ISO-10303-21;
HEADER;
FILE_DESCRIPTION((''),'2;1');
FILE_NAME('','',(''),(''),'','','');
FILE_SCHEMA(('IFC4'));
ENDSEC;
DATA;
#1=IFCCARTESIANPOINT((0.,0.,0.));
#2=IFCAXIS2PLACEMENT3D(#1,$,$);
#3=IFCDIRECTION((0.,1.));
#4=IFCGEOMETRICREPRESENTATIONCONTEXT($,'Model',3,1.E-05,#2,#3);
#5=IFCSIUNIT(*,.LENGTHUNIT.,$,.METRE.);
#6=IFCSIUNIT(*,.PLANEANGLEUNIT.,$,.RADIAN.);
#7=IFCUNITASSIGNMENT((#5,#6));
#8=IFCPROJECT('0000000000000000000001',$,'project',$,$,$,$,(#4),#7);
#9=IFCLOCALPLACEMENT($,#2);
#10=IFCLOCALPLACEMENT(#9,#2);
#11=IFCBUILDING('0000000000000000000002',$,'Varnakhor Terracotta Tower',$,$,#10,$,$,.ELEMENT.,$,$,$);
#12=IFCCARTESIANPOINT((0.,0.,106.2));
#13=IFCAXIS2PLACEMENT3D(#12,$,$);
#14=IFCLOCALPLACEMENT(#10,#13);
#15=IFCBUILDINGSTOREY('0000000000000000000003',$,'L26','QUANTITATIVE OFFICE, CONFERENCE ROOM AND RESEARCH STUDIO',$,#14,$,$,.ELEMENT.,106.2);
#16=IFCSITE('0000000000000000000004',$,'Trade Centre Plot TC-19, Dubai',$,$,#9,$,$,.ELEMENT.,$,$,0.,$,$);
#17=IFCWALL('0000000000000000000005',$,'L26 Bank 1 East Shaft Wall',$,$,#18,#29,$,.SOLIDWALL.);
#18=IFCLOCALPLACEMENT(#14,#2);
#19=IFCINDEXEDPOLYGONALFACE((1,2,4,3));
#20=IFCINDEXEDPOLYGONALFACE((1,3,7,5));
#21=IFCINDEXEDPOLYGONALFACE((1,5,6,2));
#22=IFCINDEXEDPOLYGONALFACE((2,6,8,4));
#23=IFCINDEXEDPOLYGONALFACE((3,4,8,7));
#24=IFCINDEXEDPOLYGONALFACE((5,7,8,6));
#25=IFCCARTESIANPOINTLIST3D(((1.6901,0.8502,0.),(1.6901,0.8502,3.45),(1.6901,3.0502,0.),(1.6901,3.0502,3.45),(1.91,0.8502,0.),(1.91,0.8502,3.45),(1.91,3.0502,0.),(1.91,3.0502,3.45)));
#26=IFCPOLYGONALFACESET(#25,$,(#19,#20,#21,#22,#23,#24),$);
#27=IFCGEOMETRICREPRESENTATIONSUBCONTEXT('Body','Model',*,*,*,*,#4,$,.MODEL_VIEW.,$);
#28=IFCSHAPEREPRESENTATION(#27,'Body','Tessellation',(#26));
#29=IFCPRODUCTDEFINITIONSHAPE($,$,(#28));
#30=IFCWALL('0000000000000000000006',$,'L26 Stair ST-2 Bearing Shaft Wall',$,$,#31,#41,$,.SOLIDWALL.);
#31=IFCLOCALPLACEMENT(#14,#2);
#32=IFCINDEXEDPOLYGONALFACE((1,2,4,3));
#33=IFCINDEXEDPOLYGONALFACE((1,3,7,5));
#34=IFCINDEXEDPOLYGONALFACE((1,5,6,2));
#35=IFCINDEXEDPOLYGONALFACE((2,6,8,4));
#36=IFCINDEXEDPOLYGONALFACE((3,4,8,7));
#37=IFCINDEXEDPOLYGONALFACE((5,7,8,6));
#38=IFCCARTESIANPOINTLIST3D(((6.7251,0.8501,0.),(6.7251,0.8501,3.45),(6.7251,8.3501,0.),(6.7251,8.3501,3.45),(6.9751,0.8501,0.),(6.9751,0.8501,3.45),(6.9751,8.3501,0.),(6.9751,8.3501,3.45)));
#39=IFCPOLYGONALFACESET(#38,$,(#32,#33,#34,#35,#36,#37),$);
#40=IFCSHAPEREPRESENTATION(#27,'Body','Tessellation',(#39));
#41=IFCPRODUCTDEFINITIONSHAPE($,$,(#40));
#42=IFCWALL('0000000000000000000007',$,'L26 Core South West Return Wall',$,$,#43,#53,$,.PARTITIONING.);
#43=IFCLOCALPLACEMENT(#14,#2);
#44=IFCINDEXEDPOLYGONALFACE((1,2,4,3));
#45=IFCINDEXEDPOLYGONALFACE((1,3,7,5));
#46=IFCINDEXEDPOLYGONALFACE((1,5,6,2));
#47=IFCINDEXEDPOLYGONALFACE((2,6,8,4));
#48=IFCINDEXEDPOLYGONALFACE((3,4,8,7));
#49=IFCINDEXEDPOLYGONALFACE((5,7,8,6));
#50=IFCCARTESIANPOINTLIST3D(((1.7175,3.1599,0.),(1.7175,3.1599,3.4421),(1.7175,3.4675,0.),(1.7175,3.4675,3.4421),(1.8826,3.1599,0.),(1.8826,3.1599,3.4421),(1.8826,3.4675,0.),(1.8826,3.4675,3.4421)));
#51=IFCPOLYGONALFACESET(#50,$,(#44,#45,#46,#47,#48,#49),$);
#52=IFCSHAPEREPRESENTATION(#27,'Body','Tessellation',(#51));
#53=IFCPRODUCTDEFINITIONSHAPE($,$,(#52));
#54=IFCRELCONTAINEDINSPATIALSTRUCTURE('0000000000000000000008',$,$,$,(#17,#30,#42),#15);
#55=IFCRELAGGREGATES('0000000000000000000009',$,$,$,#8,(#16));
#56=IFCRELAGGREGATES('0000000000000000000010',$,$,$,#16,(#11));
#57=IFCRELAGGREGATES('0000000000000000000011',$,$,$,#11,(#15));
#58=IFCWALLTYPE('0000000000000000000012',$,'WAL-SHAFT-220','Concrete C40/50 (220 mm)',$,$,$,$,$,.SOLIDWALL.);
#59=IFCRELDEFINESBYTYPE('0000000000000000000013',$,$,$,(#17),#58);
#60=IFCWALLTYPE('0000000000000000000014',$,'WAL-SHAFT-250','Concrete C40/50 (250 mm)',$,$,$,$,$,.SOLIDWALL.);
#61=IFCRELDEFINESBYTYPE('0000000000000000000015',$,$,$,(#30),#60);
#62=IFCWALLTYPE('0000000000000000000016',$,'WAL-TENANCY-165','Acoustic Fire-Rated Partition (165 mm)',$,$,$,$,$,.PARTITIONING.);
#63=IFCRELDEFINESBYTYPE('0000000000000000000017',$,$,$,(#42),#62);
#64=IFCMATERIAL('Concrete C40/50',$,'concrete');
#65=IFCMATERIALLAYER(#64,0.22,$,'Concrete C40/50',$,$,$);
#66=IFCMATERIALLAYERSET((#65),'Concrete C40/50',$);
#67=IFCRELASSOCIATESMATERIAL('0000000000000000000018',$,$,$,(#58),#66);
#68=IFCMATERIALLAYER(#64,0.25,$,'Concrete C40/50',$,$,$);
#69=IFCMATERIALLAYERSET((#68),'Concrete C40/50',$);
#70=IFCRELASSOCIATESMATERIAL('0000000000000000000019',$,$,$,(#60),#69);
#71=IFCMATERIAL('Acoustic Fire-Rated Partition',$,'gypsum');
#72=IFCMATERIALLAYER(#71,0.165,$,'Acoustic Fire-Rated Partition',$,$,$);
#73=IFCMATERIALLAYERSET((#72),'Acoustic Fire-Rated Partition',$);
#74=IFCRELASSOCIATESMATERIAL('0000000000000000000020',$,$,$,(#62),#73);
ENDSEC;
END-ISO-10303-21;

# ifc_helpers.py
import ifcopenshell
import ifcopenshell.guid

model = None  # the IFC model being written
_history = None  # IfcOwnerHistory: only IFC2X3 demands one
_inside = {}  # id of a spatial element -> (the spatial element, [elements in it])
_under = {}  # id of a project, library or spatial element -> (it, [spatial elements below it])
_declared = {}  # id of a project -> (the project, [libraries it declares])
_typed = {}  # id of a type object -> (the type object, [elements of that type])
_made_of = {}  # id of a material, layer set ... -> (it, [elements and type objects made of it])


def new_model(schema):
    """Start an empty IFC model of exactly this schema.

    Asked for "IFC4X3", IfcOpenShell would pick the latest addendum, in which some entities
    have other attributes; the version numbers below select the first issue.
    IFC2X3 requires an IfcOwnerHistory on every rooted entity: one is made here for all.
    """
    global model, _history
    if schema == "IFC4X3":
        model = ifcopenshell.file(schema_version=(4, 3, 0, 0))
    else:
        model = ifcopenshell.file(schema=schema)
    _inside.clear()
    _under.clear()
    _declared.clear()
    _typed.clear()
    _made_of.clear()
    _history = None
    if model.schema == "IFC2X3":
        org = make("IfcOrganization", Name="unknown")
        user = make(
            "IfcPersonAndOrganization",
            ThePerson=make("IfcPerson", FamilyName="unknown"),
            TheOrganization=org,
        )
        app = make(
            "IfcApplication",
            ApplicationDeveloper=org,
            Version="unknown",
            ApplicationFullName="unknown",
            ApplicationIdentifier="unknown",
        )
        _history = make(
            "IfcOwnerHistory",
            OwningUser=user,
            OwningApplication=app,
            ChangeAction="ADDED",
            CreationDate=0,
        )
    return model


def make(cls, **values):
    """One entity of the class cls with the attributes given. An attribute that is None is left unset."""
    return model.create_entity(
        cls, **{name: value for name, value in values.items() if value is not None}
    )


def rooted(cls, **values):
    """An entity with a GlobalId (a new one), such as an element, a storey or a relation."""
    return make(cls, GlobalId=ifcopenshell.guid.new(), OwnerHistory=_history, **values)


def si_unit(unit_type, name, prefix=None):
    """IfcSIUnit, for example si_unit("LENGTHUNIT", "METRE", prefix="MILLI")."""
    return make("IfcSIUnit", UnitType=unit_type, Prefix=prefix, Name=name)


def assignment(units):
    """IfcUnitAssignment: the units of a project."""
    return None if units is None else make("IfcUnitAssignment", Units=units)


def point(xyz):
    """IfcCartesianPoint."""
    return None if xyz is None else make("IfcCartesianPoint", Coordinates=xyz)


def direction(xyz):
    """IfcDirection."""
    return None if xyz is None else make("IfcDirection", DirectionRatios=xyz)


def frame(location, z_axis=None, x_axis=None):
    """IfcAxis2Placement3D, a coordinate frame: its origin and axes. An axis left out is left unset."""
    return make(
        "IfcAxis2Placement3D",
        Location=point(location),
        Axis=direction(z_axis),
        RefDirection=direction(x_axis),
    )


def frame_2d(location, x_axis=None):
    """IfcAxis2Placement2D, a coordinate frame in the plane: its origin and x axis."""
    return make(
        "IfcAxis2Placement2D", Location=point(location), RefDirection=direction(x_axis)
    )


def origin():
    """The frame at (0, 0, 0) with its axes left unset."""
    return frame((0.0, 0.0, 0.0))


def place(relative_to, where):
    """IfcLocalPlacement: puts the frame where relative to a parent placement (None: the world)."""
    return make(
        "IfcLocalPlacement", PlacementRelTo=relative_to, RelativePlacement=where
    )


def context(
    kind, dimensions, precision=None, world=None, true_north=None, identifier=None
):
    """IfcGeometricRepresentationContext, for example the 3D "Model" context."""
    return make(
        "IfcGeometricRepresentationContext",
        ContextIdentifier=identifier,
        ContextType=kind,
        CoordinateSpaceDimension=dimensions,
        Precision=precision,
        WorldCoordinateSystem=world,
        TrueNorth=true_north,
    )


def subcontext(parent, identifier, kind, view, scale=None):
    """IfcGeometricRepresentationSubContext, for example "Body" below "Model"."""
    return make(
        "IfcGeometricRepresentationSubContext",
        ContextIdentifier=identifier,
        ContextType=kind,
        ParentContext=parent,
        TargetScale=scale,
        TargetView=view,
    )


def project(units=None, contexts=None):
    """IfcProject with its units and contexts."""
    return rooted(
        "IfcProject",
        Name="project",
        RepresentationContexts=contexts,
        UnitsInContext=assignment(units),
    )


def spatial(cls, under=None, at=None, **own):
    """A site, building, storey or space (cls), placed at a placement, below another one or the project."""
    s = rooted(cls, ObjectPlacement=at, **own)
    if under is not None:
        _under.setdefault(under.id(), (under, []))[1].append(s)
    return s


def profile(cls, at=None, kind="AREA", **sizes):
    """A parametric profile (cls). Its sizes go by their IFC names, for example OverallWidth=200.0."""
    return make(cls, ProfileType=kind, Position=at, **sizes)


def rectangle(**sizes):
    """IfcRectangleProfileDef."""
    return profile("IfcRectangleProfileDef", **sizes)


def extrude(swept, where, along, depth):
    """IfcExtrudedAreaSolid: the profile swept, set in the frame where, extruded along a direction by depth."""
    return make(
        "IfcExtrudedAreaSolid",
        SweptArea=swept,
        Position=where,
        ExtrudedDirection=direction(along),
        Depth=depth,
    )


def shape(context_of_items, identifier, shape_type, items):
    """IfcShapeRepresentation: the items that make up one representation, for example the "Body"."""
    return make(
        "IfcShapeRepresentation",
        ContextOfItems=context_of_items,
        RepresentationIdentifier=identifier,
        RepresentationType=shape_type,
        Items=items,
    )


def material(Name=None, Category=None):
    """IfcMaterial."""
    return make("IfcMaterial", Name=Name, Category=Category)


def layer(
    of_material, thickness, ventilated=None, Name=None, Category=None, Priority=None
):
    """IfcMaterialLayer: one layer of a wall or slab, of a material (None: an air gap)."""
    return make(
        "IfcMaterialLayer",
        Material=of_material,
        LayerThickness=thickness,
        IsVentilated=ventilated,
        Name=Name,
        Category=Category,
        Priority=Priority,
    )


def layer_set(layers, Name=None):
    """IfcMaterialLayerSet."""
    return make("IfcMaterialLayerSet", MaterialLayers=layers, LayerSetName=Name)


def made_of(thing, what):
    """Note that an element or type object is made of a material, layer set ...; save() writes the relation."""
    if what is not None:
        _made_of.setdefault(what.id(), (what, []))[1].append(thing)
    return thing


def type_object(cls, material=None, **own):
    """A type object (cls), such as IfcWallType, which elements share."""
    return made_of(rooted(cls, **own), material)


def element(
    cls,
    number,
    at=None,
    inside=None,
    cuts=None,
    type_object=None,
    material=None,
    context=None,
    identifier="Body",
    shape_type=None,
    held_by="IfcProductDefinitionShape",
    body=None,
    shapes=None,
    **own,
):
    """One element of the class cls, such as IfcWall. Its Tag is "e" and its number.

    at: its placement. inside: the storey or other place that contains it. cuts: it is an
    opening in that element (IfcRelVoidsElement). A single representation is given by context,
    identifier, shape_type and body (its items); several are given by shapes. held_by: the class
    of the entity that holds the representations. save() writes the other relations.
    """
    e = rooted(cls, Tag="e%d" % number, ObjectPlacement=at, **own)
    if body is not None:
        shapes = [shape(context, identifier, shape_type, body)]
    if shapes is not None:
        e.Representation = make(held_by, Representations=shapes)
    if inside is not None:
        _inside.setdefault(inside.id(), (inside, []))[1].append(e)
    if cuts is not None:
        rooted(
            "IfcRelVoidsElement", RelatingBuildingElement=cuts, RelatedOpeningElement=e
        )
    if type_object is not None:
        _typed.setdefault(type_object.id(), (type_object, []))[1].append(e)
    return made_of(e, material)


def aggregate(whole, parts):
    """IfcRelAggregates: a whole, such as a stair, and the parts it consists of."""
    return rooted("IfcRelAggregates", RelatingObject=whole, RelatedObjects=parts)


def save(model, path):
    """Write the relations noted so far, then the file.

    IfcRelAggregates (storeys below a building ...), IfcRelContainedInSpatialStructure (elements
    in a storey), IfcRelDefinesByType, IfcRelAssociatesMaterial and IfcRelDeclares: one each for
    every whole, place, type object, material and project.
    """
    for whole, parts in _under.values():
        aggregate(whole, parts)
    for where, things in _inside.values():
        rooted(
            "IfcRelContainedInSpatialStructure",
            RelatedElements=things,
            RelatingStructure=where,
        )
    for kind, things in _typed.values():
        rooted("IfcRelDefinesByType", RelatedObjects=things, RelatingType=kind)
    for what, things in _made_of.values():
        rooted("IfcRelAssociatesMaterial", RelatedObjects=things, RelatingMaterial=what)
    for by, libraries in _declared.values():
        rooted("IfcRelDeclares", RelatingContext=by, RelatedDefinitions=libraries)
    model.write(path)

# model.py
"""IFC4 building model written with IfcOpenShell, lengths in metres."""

from ifc_helpers import new_model, si_unit, direction, frame, frame_2d, origin, place, context, subcontext, project, spatial, rectangle, extrude, material, layer, layer_set, type_object, element, save


model = new_model("IFC4")

# Units and contexts
model_context = context("Model", 3, precision=1e-05, world=origin(), true_north=direction((0.0, 1.0)))
body_context = subcontext(model_context, "Body", "Model", "MODEL_VIEW")
ifc_project = project(units=[si_unit("LENGTHUNIT", "METRE"), si_unit("PLANEANGLEUNIT", "RADIAN")], contexts=[model_context])

# Site, building, storey
site_placement = place(None, origin())
site = spatial("IfcSite", under=ifc_project, at=site_placement, Name="Trade Centre Plot TC-19, Dubai", CompositionType="ELEMENT", RefElevation=0.0)
building_placement = place(site_placement, origin())
building = spatial("IfcBuilding", under=site, at=building_placement, Name="Varnakhor Terracotta Tower", CompositionType="ELEMENT")
storey_placement = place(building_placement, frame((0.0, 0.0, 106.2)))
storey = spatial("IfcBuildingStorey", under=building, at=storey_placement, Name="L26", Description="QUANTITATIVE OFFICE, CONFERENCE ROOM AND RESEARCH STUDIO", CompositionType="ELEMENT", Elevation=106.2)

# Shared definitions
ifc_material_1 = material(Name="Concrete C40/50", Category="concrete")

# Walls
ifc_layer_1 = layer(ifc_material_1, 0.22, Name="Concrete C40/50")
ifc_layer_set_1 = layer_set([ifc_layer_1], Name="Concrete C40/50")
wall_type_1 = type_object("IfcWallType", Name="WAL-SHAFT-220", Description="Concrete C40/50 (220 mm)", PredefinedType="SOLIDWALL", material=ifc_layer_set_1)
wall_1_placement = place(storey_placement, frame((1.8, 0.8501, 0.0), z_axis=(0.0, 0.0, 1.0), x_axis=(0.0, 1.0, 0.0)))
element("IfcWall", 1, at=wall_1_placement, inside=storey, type_object=wall_type_1, Name="L26 Bank 1 East Shaft Wall", PredefinedType="SOLIDWALL", context=body_context, shape_type="SweptSolid", body=[
    extrude(rectangle(XDim=2.2, YDim=0.22, at=frame_2d((1.1001, 0.0))), origin(), (0.0, 0.0, 1.0), 3.45),
])
ifc_layer_2 = layer(ifc_material_1, 0.25, Name="Concrete C40/50")
ifc_layer_set_2 = layer_set([ifc_layer_2], Name="Concrete C40/50")
wall_type_2 = type_object("IfcWallType", Name="WAL-SHAFT-250", Description="Concrete C40/50 (250 mm)", PredefinedType="SOLIDWALL", material=ifc_layer_set_2)
wall_2_placement = place(storey_placement, frame((6.8501, 0.8501, 0.0), z_axis=(0.0, 0.0, 1.0), x_axis=(0.0, 1.0, 0.0)))
element("IfcWall", 2, at=wall_2_placement, inside=storey, type_object=wall_type_2, Name="L26 Stair ST-2 Bearing Shaft Wall", PredefinedType="SOLIDWALL", context=body_context, shape_type="SweptSolid", body=[
    extrude(rectangle(XDim=7.5, YDim=0.25, at=frame_2d((3.75, 0.0))), origin(), (0.0, 0.0, 1.0), 3.45),
])
ifc_material_2 = material(Name="Acoustic Fire-Rated Partition", Category="gypsum")
ifc_layer_3 = layer(ifc_material_2, 0.165, Name="Acoustic Fire-Rated Partition")
ifc_layer_set_3 = layer_set([ifc_layer_3], Name="Acoustic Fire-Rated Partition")
wall_type_3 = type_object("IfcWallType", Name="WAL-TENANCY-165", Description="Acoustic Fire-Rated Partition (165 mm)", PredefinedType="PARTITIONING", material=ifc_layer_set_3)
wall_3_placement = place(storey_placement, frame((1.8, 3.1599, 0.0), z_axis=(0.0, 0.0, 1.0), x_axis=(0.0, 1.0, 0.0)))
element("IfcWall", 3, at=wall_3_placement, inside=storey, type_object=wall_type_3, Name="L26 Core South West Return Wall", PredefinedType="PARTITIONING", context=body_context, shape_type="SweptSolid", body=[
    extrude(rectangle(XDim=0.3076, YDim=0.165, at=frame_2d((0.1538, 0.0))), origin(), (0.0, 0.0, 1.0), 3.4421),
])

save(model, "model.ifc")
